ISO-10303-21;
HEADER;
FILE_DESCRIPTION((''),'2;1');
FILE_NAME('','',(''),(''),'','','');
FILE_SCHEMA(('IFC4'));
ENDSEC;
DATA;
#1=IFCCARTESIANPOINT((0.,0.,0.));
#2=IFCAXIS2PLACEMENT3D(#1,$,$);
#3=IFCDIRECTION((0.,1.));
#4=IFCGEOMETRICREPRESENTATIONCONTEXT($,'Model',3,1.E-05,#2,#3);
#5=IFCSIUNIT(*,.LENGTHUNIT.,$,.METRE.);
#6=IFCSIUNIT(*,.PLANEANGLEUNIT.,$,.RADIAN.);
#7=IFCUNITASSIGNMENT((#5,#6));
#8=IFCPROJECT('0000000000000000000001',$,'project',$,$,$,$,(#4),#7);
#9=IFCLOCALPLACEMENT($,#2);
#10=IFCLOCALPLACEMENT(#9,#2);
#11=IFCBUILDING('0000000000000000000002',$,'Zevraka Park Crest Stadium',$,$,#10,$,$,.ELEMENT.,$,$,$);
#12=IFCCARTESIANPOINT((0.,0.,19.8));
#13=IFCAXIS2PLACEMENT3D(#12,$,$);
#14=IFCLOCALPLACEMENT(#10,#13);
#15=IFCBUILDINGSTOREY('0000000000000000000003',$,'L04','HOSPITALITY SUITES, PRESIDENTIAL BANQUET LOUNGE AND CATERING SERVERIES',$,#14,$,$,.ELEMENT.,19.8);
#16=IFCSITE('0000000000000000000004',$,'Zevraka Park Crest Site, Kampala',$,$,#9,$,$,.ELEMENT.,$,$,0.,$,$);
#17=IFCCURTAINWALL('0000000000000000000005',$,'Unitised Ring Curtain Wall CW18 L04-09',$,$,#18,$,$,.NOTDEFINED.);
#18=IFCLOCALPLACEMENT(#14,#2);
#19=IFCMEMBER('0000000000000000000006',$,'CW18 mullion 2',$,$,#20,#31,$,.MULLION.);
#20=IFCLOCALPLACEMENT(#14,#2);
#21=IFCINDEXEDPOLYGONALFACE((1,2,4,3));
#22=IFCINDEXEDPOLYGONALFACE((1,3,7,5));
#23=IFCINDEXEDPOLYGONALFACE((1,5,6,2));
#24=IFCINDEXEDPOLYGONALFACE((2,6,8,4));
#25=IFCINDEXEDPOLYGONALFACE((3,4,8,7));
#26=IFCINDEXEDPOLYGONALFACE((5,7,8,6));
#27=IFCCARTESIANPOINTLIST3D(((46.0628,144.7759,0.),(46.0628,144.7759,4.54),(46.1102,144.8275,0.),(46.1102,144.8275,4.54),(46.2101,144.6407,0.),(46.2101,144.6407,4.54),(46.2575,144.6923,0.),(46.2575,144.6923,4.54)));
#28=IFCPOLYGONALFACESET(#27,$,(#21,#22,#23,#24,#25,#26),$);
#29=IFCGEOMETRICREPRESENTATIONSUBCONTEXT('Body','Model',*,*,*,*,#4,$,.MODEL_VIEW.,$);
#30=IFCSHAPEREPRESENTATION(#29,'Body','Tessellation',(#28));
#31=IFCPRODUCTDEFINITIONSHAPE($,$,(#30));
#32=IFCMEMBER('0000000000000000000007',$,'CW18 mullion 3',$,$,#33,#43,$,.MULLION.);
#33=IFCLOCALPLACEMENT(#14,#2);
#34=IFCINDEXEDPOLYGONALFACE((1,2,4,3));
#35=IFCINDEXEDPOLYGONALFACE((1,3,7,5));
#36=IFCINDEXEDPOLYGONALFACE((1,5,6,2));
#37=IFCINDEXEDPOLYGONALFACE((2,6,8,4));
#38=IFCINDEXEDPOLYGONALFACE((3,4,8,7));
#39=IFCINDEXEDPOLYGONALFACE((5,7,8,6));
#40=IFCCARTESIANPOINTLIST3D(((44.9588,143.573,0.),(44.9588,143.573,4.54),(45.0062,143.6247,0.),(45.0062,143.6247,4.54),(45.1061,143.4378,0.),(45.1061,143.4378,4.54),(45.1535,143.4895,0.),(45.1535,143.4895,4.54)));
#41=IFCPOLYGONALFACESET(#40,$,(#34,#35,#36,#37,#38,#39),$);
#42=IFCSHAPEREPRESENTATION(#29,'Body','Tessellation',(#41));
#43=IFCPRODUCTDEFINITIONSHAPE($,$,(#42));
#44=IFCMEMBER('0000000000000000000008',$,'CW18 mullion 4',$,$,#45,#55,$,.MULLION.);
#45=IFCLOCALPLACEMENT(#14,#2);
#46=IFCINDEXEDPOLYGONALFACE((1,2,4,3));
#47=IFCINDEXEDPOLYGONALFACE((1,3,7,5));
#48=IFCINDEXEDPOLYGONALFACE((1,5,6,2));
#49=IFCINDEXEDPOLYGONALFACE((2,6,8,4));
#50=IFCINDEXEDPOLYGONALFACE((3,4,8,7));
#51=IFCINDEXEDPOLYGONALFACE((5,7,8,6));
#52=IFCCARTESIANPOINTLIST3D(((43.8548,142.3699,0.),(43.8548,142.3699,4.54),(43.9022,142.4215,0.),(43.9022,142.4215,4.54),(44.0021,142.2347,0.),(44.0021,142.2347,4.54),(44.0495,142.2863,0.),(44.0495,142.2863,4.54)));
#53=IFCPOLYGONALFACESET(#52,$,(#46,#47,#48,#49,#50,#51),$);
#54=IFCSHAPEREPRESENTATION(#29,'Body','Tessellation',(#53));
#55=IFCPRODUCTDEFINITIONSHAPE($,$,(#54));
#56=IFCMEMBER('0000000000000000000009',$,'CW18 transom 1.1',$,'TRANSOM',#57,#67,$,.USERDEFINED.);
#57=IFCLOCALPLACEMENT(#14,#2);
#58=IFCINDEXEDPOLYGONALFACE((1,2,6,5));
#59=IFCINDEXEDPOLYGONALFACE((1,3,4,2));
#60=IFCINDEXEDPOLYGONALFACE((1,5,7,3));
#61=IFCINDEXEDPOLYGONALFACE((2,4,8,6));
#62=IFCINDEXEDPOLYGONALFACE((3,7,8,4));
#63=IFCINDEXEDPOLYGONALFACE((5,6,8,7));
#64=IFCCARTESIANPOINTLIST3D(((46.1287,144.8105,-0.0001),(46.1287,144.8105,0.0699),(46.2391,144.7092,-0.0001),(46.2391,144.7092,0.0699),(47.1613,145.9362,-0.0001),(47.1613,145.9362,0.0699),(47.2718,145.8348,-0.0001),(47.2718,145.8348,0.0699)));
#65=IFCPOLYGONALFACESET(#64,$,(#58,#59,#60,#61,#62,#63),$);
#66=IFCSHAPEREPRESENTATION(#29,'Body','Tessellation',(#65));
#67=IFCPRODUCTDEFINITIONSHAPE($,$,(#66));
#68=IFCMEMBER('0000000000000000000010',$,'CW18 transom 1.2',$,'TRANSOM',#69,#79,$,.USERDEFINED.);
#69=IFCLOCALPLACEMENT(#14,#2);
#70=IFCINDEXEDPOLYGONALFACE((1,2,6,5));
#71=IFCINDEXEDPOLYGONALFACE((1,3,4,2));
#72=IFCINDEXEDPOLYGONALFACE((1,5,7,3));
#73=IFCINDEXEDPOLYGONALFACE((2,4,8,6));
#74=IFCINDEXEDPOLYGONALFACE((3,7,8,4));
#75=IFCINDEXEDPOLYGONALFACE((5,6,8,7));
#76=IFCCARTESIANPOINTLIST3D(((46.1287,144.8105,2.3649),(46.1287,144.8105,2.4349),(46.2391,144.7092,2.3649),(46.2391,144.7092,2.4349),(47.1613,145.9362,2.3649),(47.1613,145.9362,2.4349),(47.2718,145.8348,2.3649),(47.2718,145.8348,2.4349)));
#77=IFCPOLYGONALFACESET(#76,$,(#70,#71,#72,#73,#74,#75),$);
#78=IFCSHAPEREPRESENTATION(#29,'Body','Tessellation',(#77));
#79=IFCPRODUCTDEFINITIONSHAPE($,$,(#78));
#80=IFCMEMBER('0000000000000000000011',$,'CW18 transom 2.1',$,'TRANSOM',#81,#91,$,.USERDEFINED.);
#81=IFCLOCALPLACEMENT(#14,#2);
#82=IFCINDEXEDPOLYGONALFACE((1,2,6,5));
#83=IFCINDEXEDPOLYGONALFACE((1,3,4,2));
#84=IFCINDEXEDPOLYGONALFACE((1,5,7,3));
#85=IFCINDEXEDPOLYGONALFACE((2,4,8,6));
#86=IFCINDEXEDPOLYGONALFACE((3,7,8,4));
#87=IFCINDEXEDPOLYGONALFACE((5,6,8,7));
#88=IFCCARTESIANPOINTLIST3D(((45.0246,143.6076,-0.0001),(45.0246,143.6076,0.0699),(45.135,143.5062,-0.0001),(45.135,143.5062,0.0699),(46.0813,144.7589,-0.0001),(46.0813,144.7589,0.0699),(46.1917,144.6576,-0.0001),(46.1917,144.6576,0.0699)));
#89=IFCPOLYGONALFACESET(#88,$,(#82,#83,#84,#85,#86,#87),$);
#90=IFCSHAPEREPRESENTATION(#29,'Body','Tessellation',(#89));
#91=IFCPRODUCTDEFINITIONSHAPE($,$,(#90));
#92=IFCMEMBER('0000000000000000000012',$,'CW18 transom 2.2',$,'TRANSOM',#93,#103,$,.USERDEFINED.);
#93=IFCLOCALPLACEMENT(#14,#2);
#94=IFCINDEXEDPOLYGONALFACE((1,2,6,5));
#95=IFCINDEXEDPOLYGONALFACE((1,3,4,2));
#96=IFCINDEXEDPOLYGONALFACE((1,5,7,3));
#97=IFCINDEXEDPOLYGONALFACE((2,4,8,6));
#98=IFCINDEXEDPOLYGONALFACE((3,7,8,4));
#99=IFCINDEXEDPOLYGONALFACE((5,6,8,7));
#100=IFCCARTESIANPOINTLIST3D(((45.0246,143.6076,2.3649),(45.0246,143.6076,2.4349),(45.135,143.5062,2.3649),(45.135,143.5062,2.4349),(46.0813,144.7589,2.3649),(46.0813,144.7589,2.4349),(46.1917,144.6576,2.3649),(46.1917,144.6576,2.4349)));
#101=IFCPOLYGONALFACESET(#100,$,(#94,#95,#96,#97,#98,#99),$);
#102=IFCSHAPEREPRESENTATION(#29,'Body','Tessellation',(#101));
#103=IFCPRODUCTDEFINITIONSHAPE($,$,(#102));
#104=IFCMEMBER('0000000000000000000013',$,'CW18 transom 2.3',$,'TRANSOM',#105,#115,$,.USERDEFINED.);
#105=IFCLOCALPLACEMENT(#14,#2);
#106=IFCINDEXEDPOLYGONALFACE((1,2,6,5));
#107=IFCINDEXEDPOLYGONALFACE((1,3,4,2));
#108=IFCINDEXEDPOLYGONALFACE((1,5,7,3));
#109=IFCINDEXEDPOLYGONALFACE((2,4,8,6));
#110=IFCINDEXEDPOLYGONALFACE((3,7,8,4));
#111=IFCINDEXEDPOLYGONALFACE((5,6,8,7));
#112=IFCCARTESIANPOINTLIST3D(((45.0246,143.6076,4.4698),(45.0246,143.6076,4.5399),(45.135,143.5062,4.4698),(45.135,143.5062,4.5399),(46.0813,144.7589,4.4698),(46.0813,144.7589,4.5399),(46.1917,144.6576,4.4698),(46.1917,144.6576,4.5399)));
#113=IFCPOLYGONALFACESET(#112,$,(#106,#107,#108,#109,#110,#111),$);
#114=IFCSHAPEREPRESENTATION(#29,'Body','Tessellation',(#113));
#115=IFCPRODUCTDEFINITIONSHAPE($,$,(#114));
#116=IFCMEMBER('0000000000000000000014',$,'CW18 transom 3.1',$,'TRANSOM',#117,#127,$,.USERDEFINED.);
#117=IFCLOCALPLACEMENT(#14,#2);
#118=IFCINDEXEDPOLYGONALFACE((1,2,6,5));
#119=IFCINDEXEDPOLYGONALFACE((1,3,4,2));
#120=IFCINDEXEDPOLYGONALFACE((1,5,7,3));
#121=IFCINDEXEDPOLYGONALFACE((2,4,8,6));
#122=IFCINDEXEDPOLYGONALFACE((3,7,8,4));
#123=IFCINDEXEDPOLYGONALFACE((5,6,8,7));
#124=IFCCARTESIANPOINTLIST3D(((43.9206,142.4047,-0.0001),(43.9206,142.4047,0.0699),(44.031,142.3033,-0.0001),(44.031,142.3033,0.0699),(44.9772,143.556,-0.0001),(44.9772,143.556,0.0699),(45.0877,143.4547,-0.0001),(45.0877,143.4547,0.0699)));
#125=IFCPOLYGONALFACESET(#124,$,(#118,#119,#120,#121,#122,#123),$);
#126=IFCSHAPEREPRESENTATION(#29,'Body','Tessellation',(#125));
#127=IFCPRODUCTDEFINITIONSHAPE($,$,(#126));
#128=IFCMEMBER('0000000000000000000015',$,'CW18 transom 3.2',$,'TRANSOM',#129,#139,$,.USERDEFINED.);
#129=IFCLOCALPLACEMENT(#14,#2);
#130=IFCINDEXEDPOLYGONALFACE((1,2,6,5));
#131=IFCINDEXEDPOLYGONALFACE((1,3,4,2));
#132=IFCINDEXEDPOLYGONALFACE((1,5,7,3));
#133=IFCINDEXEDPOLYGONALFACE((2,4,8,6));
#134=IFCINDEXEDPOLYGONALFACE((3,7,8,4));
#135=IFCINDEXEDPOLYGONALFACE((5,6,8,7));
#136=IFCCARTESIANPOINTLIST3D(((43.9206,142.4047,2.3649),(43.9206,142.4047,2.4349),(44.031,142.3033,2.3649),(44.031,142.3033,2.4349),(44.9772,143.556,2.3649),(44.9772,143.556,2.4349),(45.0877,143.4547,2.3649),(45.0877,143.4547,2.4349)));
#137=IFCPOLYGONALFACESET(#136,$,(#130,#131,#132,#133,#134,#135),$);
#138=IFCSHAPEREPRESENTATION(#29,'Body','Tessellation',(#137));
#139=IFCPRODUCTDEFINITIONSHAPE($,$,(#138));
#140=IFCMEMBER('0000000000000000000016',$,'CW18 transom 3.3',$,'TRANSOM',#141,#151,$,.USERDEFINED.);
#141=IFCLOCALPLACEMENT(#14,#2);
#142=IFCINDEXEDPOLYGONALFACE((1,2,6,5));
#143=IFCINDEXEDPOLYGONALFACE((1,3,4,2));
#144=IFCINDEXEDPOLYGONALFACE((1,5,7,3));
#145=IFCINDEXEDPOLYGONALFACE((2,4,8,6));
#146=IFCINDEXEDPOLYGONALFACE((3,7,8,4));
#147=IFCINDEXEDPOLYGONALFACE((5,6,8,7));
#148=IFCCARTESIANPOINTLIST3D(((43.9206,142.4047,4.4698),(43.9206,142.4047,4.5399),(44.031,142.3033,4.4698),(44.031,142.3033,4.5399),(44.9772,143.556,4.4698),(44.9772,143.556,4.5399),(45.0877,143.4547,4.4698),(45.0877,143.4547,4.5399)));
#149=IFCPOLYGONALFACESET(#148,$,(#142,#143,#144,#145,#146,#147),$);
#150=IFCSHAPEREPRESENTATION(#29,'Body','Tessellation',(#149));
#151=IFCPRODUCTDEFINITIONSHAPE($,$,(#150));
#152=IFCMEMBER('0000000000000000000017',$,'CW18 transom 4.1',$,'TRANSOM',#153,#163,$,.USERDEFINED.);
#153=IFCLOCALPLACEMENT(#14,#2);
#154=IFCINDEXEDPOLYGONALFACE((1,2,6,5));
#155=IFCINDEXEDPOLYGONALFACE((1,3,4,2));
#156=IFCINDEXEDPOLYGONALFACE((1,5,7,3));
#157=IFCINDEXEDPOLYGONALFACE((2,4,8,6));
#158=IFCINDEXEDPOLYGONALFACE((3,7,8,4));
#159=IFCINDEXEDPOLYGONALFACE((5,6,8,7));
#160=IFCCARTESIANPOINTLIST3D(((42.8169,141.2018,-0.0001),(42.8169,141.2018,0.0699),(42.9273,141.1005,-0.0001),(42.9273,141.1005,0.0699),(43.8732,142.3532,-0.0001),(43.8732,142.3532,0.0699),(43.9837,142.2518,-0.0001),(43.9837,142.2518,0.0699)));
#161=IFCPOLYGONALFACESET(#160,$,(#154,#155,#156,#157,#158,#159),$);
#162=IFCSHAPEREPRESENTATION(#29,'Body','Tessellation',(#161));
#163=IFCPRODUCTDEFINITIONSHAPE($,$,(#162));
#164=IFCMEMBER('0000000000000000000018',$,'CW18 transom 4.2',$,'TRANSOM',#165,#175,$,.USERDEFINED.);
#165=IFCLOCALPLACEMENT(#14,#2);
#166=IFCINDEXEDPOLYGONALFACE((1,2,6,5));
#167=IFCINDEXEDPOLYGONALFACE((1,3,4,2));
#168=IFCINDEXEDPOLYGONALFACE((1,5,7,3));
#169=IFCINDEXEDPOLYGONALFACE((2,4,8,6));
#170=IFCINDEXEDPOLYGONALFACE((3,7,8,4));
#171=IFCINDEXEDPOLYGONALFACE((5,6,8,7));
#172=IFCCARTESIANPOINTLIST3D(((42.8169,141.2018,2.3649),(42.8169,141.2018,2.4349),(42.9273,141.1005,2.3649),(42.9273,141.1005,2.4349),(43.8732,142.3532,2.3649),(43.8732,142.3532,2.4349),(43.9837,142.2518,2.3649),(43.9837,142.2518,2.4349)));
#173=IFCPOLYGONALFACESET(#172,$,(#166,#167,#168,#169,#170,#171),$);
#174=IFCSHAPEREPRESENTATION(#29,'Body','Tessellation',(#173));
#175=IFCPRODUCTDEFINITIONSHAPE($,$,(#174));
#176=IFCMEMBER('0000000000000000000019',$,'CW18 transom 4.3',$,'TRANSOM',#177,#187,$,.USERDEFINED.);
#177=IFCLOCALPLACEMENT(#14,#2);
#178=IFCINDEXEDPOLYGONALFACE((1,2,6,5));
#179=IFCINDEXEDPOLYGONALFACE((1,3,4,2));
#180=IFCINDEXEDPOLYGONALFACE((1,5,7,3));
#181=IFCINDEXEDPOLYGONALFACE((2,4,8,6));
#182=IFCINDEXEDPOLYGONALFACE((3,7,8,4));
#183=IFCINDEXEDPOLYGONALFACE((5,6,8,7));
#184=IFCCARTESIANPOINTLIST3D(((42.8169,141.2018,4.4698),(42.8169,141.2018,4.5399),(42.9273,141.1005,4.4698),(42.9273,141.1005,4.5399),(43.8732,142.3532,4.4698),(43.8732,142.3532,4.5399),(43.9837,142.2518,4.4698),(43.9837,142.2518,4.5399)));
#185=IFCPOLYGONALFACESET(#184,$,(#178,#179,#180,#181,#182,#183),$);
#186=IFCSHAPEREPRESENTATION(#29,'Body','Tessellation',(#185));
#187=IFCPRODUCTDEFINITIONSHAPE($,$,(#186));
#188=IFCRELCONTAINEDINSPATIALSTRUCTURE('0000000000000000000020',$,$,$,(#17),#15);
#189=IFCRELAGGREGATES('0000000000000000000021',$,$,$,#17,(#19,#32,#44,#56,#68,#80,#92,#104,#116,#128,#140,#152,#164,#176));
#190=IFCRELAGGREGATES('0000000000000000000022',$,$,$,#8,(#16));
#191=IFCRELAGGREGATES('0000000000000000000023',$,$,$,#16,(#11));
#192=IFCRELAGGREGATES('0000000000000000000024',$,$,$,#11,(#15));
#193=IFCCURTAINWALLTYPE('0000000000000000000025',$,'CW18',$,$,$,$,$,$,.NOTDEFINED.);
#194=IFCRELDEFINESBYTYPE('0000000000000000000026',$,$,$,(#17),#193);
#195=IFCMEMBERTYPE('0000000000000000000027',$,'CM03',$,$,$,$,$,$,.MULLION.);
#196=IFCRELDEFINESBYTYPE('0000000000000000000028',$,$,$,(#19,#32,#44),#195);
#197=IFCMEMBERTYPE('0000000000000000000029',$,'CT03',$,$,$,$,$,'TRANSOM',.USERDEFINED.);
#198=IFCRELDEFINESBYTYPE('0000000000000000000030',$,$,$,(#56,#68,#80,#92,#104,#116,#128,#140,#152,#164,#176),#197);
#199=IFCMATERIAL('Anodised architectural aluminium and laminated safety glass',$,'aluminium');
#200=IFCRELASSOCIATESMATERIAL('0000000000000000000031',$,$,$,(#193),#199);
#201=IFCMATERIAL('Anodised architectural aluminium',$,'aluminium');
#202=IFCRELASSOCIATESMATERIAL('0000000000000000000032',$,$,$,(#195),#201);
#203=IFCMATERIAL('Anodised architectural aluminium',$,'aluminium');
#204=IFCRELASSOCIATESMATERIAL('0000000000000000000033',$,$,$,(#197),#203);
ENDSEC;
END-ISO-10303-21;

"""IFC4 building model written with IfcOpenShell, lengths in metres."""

from ifc_helpers import new_model, si_unit, direction, frame, origin, origin_2d, place, context, subcontext, project, spatial, rectangle, extrude, material, material_profile, profile_set, type_object, element, aggregate, save


model = new_model("IFC4")

# Units and contexts
model_context = context("Model", 3, precision=1e-05, world=origin(), true_north=direction((0.0, 1.0)))
body_context = subcontext(model_context, "Body", "Model", "MODEL_VIEW")
ifc_project = project(units=[si_unit("LENGTHUNIT", "METRE"), si_unit("PLANEANGLEUNIT", "RADIAN")], contexts=[model_context])

# Site, building, storey
site_placement = place(None, origin())
site = spatial("IfcSite", under=ifc_project, at=site_placement, Name="Zevraka Park Crest Site, Kampala", CompositionType="ELEMENT", RefElevation=0.0)
building_placement = place(site_placement, origin())
building = spatial("IfcBuilding", under=site, at=building_placement, Name="Zevraka Park Crest Stadium", CompositionType="ELEMENT")
storey_placement = place(building_placement, frame((0.0, 0.0, 19.8)))
storey = spatial("IfcBuildingStorey", under=building, at=storey_placement, Name="L04", Description="HOSPITALITY SUITES, PRESIDENTIAL BANQUET LOUNGE AND CATERING SERVERIES", CompositionType="ELEMENT", Elevation=19.8)

# Curtain wall, members
ifc_material_1 = material(Name="Anodised architectural aluminium and laminated safety glass", Category="aluminium")
curtain_wall_type = type_object("IfcCurtainWallType", Name="CW18", PredefinedType="NOTDEFINED", material=ifc_material_1)
curtain_wall_placement = place(storey_placement, origin())
curtain_wall = element("IfcCurtainWall", 1, at=curtain_wall_placement, inside=storey, type_object=curtain_wall_type, Name="Unitised Ring Curtain Wall CW18 L04-09", PredefinedType="NOTDEFINED")
ifc_material_2 = material(Name="Anodised architectural aluminium", Category="aluminium")
ifc_material_profile_1 = material_profile(ifc_material_2, rectangle(XDim=0.2, YDim=0.0701, at=origin_2d()), Name="ALU MULLION 200x70")
ifc_profile_set_1 = profile_set([ifc_material_profile_1], Name="Anodised architectural aluminium")
member_type_1 = type_object("IfcMemberType", Name="CM03", PredefinedType="MULLION", material=ifc_profile_set_1)
member_1_placement = place(storey_placement, frame((46.1602, 144.7341, 0.0), z_axis=(0.0, 0.0, 1.0), x_axis=(0.736775, -0.676138, 0.0)))
member_1 = element("IfcMember", 2, at=member_1_placement, type_object=member_type_1, Name="CW18 mullion 2", PredefinedType="MULLION", context=body_context, shape_type="SweptSolid", body=[
    extrude(rectangle(XDim=0.2, YDim=0.0701, at=origin_2d()), origin(), (0.0, 0.0, 1.0), 4.54),
])
member_2_placement = place(storey_placement, frame((45.0562, 143.5312, 0.0), z_axis=(0.0, 0.0, 1.0), x_axis=(0.736775, -0.676138, 0.0)))
member_2 = element("IfcMember", 3, at=member_2_placement, type_object=member_type_1, Name="CW18 mullion 3", PredefinedType="MULLION", context=body_context, shape_type="SweptSolid", body=[
    extrude(rectangle(XDim=0.2, YDim=0.0701, at=origin_2d()), origin(), (0.0, 0.0, 1.0), 4.54),
])
member_3_placement = place(storey_placement, frame((43.9521, 142.3281, 0.0), z_axis=(0.0, 0.0, 1.0), x_axis=(0.736775, -0.676138, 0.0)))
member_3 = element("IfcMember", 4, at=member_3_placement, type_object=member_type_1, Name="CW18 mullion 4", PredefinedType="MULLION", context=body_context, shape_type="SweptSolid", body=[
    extrude(rectangle(XDim=0.2, YDim=0.0701, at=origin_2d()), origin(), (0.0, 0.0, 1.0), 4.54),
])
ifc_material_3 = material(Name="Anodised architectural aluminium", Category="aluminium")
ifc_material_profile_2 = material_profile(ifc_material_3, rectangle(XDim=0.1499, YDim=0.0701, at=origin_2d()), Name="ALU TRANSOM 150x70")
ifc_profile_set_2 = profile_set([ifc_material_profile_2], Name="Anodised architectural aluminium")
member_type_2 = type_object("IfcMemberType", Name="CT03", ElementType="TRANSOM", PredefinedType="USERDEFINED", material=ifc_profile_set_2)
member_4_placement = place(storey_placement, frame((47.2166, 145.8855, 0.0349), z_axis=(-0.676007, -0.736895, 0.0), x_axis=(0.736895, -0.676007, 0.0)))
member_4 = element("IfcMember", 5, at=member_4_placement, type_object=member_type_2, Name="CW18 transom 1.1", ObjectType="TRANSOM", PredefinedType="USERDEFINED", context=body_context, shape_type="SweptSolid", body=[
    extrude(rectangle(XDim=0.1499, YDim=0.0701, at=origin_2d()), origin(), (0.0, 0.0, 1.0), 1.5276),
])
member_5_placement = place(storey_placement, frame((47.2166, 145.8855, 2.3999), z_axis=(-0.676007, -0.736895, 0.0), x_axis=(0.736895, -0.676007, 0.0)))
member_5 = element("IfcMember", 6, at=member_5_placement, type_object=member_type_2, Name="CW18 transom 1.2", ObjectType="TRANSOM", PredefinedType="USERDEFINED", context=body_context, shape_type="SweptSolid", body=[
    extrude(rectangle(XDim=0.1499, YDim=0.0701, at=origin_2d()), origin(), (0.0, 0.0, 1.0), 1.5276),
])
member_6_placement = place(storey_placement, frame((46.1365, 144.7083, 0.0349), z_axis=(-0.676149, -0.736765, 0.0), x_axis=(0.736765, -0.676149, 0.0)))
member_6 = element("IfcMember", 7, at=member_6_placement, type_object=member_type_2, Name="CW18 transom 2.1", ObjectType="TRANSOM", PredefinedType="USERDEFINED", context=body_context, shape_type="SweptSolid", body=[
    extrude(rectangle(XDim=0.1499, YDim=0.0701, at=origin_2d()), origin(), (0.0, 0.0, 1.0), 1.5627),
])
member_7_placement = place(storey_placement, frame((46.1365, 144.7083, 2.3999), z_axis=(-0.676149, -0.736765, 0.0), x_axis=(0.736765, -0.676149, 0.0)))
member_7 = element("IfcMember", 8, at=member_7_placement, type_object=member_type_2, Name="CW18 transom 2.2", ObjectType="TRANSOM", PredefinedType="USERDEFINED", context=body_context, shape_type="SweptSolid", body=[
    extrude(rectangle(XDim=0.1499, YDim=0.0701, at=origin_2d()), origin(), (0.0, 0.0, 1.0), 1.5627),
])
member_8_placement = place(storey_placement, frame((46.1365, 144.7083, 4.5049), z_axis=(-0.676149, -0.736765, 0.0), x_axis=(0.736765, -0.676149, 0.0)))
member_8 = element("IfcMember", 9, at=member_8_placement, type_object=member_type_2, Name="CW18 transom 2.3", ObjectType="TRANSOM", PredefinedType="USERDEFINED", context=body_context, shape_type="SweptSolid", body=[
    extrude(rectangle(XDim=0.1499, YDim=0.0701, at=origin_2d()), origin(), (0.0, 0.0, 1.0), 1.5627),
])
member_9_placement = place(storey_placement, frame((45.0325, 143.5054, 0.0349), z_axis=(-0.676149, -0.736765, 0.0), x_axis=(0.736765, -0.676149, 0.0)))
member_9 = element("IfcMember", 10, at=member_9_placement, type_object=member_type_2, Name="CW18 transom 3.1", ObjectType="TRANSOM", PredefinedType="USERDEFINED", context=body_context, shape_type="SweptSolid", body=[
    extrude(rectangle(XDim=0.1499, YDim=0.0701, at=origin_2d()), origin(), (0.0, 0.0, 1.0), 1.5627),
])
member_10_placement = place(storey_placement, frame((45.0325, 143.5054, 2.3999), z_axis=(-0.676149, -0.736765, 0.0), x_axis=(0.736765, -0.676149, 0.0)))
member_10 = element("IfcMember", 11, at=member_10_placement, type_object=member_type_2, Name="CW18 transom 3.2", ObjectType="TRANSOM", PredefinedType="USERDEFINED", context=body_context, shape_type="SweptSolid", body=[
    extrude(rectangle(XDim=0.1499, YDim=0.0701, at=origin_2d()), origin(), (0.0, 0.0, 1.0), 1.5627),
])
member_11_placement = place(storey_placement, frame((45.0325, 143.5054, 4.5049), z_axis=(-0.676149, -0.736765, 0.0), x_axis=(0.736765, -0.676149, 0.0)))
member_11 = element("IfcMember", 12, at=member_11_placement, type_object=member_type_2, Name="CW18 transom 3.3", ObjectType="TRANSOM", PredefinedType="USERDEFINED", context=body_context, shape_type="SweptSolid", body=[
    extrude(rectangle(XDim=0.1499, YDim=0.0701, at=origin_2d()), origin(), (0.0, 0.0, 1.0), 1.5627),
])
member_12_placement = place(storey_placement, frame((43.9285, 142.3025, 0.0349), z_axis=(-0.676064, -0.736843, 0.0), x_axis=(0.736843, -0.676064, 0.0)))
member_12 = element("IfcMember", 13, at=member_12_placement, type_object=member_type_2, Name="CW18 transom 4.1", ObjectType="TRANSOM", PredefinedType="USERDEFINED", context=body_context, shape_type="SweptSolid", body=[
    extrude(rectangle(XDim=0.1499, YDim=0.0701, at=origin_2d()), origin(), (0.0, 0.0, 1.0), 1.5625),
])
member_13_placement = place(storey_placement, frame((43.9285, 142.3025, 2.3999), z_axis=(-0.676064, -0.736843, 0.0), x_axis=(0.736843, -0.676064, 0.0)))
member_13 = element("IfcMember", 14, at=member_13_placement, type_object=member_type_2, Name="CW18 transom 4.2", ObjectType="TRANSOM", PredefinedType="USERDEFINED", context=body_context, shape_type="SweptSolid", body=[
    extrude(rectangle(XDim=0.1499, YDim=0.0701, at=origin_2d()), origin(), (0.0, 0.0, 1.0), 1.5625),
])
member_14_placement = place(storey_placement, frame((43.9285, 142.3025, 4.5049), z_axis=(-0.676064, -0.736843, 0.0), x_axis=(0.736843, -0.676064, 0.0)))
member_14 = element("IfcMember", 15, at=member_14_placement, type_object=member_type_2, Name="CW18 transom 4.3", ObjectType="TRANSOM", PredefinedType="USERDEFINED", context=body_context, shape_type="SweptSolid", body=[
    extrude(rectangle(XDim=0.1499, YDim=0.0701, at=origin_2d()), origin(), (0.0, 0.0, 1.0), 1.5625),
])
aggregate(curtain_wall, [member_1, member_2, member_3, member_4, member_5, member_6, member_7, member_8, member_9, member_10, member_11, member_12, member_13, member_14])

save(model, "model.ifc")
